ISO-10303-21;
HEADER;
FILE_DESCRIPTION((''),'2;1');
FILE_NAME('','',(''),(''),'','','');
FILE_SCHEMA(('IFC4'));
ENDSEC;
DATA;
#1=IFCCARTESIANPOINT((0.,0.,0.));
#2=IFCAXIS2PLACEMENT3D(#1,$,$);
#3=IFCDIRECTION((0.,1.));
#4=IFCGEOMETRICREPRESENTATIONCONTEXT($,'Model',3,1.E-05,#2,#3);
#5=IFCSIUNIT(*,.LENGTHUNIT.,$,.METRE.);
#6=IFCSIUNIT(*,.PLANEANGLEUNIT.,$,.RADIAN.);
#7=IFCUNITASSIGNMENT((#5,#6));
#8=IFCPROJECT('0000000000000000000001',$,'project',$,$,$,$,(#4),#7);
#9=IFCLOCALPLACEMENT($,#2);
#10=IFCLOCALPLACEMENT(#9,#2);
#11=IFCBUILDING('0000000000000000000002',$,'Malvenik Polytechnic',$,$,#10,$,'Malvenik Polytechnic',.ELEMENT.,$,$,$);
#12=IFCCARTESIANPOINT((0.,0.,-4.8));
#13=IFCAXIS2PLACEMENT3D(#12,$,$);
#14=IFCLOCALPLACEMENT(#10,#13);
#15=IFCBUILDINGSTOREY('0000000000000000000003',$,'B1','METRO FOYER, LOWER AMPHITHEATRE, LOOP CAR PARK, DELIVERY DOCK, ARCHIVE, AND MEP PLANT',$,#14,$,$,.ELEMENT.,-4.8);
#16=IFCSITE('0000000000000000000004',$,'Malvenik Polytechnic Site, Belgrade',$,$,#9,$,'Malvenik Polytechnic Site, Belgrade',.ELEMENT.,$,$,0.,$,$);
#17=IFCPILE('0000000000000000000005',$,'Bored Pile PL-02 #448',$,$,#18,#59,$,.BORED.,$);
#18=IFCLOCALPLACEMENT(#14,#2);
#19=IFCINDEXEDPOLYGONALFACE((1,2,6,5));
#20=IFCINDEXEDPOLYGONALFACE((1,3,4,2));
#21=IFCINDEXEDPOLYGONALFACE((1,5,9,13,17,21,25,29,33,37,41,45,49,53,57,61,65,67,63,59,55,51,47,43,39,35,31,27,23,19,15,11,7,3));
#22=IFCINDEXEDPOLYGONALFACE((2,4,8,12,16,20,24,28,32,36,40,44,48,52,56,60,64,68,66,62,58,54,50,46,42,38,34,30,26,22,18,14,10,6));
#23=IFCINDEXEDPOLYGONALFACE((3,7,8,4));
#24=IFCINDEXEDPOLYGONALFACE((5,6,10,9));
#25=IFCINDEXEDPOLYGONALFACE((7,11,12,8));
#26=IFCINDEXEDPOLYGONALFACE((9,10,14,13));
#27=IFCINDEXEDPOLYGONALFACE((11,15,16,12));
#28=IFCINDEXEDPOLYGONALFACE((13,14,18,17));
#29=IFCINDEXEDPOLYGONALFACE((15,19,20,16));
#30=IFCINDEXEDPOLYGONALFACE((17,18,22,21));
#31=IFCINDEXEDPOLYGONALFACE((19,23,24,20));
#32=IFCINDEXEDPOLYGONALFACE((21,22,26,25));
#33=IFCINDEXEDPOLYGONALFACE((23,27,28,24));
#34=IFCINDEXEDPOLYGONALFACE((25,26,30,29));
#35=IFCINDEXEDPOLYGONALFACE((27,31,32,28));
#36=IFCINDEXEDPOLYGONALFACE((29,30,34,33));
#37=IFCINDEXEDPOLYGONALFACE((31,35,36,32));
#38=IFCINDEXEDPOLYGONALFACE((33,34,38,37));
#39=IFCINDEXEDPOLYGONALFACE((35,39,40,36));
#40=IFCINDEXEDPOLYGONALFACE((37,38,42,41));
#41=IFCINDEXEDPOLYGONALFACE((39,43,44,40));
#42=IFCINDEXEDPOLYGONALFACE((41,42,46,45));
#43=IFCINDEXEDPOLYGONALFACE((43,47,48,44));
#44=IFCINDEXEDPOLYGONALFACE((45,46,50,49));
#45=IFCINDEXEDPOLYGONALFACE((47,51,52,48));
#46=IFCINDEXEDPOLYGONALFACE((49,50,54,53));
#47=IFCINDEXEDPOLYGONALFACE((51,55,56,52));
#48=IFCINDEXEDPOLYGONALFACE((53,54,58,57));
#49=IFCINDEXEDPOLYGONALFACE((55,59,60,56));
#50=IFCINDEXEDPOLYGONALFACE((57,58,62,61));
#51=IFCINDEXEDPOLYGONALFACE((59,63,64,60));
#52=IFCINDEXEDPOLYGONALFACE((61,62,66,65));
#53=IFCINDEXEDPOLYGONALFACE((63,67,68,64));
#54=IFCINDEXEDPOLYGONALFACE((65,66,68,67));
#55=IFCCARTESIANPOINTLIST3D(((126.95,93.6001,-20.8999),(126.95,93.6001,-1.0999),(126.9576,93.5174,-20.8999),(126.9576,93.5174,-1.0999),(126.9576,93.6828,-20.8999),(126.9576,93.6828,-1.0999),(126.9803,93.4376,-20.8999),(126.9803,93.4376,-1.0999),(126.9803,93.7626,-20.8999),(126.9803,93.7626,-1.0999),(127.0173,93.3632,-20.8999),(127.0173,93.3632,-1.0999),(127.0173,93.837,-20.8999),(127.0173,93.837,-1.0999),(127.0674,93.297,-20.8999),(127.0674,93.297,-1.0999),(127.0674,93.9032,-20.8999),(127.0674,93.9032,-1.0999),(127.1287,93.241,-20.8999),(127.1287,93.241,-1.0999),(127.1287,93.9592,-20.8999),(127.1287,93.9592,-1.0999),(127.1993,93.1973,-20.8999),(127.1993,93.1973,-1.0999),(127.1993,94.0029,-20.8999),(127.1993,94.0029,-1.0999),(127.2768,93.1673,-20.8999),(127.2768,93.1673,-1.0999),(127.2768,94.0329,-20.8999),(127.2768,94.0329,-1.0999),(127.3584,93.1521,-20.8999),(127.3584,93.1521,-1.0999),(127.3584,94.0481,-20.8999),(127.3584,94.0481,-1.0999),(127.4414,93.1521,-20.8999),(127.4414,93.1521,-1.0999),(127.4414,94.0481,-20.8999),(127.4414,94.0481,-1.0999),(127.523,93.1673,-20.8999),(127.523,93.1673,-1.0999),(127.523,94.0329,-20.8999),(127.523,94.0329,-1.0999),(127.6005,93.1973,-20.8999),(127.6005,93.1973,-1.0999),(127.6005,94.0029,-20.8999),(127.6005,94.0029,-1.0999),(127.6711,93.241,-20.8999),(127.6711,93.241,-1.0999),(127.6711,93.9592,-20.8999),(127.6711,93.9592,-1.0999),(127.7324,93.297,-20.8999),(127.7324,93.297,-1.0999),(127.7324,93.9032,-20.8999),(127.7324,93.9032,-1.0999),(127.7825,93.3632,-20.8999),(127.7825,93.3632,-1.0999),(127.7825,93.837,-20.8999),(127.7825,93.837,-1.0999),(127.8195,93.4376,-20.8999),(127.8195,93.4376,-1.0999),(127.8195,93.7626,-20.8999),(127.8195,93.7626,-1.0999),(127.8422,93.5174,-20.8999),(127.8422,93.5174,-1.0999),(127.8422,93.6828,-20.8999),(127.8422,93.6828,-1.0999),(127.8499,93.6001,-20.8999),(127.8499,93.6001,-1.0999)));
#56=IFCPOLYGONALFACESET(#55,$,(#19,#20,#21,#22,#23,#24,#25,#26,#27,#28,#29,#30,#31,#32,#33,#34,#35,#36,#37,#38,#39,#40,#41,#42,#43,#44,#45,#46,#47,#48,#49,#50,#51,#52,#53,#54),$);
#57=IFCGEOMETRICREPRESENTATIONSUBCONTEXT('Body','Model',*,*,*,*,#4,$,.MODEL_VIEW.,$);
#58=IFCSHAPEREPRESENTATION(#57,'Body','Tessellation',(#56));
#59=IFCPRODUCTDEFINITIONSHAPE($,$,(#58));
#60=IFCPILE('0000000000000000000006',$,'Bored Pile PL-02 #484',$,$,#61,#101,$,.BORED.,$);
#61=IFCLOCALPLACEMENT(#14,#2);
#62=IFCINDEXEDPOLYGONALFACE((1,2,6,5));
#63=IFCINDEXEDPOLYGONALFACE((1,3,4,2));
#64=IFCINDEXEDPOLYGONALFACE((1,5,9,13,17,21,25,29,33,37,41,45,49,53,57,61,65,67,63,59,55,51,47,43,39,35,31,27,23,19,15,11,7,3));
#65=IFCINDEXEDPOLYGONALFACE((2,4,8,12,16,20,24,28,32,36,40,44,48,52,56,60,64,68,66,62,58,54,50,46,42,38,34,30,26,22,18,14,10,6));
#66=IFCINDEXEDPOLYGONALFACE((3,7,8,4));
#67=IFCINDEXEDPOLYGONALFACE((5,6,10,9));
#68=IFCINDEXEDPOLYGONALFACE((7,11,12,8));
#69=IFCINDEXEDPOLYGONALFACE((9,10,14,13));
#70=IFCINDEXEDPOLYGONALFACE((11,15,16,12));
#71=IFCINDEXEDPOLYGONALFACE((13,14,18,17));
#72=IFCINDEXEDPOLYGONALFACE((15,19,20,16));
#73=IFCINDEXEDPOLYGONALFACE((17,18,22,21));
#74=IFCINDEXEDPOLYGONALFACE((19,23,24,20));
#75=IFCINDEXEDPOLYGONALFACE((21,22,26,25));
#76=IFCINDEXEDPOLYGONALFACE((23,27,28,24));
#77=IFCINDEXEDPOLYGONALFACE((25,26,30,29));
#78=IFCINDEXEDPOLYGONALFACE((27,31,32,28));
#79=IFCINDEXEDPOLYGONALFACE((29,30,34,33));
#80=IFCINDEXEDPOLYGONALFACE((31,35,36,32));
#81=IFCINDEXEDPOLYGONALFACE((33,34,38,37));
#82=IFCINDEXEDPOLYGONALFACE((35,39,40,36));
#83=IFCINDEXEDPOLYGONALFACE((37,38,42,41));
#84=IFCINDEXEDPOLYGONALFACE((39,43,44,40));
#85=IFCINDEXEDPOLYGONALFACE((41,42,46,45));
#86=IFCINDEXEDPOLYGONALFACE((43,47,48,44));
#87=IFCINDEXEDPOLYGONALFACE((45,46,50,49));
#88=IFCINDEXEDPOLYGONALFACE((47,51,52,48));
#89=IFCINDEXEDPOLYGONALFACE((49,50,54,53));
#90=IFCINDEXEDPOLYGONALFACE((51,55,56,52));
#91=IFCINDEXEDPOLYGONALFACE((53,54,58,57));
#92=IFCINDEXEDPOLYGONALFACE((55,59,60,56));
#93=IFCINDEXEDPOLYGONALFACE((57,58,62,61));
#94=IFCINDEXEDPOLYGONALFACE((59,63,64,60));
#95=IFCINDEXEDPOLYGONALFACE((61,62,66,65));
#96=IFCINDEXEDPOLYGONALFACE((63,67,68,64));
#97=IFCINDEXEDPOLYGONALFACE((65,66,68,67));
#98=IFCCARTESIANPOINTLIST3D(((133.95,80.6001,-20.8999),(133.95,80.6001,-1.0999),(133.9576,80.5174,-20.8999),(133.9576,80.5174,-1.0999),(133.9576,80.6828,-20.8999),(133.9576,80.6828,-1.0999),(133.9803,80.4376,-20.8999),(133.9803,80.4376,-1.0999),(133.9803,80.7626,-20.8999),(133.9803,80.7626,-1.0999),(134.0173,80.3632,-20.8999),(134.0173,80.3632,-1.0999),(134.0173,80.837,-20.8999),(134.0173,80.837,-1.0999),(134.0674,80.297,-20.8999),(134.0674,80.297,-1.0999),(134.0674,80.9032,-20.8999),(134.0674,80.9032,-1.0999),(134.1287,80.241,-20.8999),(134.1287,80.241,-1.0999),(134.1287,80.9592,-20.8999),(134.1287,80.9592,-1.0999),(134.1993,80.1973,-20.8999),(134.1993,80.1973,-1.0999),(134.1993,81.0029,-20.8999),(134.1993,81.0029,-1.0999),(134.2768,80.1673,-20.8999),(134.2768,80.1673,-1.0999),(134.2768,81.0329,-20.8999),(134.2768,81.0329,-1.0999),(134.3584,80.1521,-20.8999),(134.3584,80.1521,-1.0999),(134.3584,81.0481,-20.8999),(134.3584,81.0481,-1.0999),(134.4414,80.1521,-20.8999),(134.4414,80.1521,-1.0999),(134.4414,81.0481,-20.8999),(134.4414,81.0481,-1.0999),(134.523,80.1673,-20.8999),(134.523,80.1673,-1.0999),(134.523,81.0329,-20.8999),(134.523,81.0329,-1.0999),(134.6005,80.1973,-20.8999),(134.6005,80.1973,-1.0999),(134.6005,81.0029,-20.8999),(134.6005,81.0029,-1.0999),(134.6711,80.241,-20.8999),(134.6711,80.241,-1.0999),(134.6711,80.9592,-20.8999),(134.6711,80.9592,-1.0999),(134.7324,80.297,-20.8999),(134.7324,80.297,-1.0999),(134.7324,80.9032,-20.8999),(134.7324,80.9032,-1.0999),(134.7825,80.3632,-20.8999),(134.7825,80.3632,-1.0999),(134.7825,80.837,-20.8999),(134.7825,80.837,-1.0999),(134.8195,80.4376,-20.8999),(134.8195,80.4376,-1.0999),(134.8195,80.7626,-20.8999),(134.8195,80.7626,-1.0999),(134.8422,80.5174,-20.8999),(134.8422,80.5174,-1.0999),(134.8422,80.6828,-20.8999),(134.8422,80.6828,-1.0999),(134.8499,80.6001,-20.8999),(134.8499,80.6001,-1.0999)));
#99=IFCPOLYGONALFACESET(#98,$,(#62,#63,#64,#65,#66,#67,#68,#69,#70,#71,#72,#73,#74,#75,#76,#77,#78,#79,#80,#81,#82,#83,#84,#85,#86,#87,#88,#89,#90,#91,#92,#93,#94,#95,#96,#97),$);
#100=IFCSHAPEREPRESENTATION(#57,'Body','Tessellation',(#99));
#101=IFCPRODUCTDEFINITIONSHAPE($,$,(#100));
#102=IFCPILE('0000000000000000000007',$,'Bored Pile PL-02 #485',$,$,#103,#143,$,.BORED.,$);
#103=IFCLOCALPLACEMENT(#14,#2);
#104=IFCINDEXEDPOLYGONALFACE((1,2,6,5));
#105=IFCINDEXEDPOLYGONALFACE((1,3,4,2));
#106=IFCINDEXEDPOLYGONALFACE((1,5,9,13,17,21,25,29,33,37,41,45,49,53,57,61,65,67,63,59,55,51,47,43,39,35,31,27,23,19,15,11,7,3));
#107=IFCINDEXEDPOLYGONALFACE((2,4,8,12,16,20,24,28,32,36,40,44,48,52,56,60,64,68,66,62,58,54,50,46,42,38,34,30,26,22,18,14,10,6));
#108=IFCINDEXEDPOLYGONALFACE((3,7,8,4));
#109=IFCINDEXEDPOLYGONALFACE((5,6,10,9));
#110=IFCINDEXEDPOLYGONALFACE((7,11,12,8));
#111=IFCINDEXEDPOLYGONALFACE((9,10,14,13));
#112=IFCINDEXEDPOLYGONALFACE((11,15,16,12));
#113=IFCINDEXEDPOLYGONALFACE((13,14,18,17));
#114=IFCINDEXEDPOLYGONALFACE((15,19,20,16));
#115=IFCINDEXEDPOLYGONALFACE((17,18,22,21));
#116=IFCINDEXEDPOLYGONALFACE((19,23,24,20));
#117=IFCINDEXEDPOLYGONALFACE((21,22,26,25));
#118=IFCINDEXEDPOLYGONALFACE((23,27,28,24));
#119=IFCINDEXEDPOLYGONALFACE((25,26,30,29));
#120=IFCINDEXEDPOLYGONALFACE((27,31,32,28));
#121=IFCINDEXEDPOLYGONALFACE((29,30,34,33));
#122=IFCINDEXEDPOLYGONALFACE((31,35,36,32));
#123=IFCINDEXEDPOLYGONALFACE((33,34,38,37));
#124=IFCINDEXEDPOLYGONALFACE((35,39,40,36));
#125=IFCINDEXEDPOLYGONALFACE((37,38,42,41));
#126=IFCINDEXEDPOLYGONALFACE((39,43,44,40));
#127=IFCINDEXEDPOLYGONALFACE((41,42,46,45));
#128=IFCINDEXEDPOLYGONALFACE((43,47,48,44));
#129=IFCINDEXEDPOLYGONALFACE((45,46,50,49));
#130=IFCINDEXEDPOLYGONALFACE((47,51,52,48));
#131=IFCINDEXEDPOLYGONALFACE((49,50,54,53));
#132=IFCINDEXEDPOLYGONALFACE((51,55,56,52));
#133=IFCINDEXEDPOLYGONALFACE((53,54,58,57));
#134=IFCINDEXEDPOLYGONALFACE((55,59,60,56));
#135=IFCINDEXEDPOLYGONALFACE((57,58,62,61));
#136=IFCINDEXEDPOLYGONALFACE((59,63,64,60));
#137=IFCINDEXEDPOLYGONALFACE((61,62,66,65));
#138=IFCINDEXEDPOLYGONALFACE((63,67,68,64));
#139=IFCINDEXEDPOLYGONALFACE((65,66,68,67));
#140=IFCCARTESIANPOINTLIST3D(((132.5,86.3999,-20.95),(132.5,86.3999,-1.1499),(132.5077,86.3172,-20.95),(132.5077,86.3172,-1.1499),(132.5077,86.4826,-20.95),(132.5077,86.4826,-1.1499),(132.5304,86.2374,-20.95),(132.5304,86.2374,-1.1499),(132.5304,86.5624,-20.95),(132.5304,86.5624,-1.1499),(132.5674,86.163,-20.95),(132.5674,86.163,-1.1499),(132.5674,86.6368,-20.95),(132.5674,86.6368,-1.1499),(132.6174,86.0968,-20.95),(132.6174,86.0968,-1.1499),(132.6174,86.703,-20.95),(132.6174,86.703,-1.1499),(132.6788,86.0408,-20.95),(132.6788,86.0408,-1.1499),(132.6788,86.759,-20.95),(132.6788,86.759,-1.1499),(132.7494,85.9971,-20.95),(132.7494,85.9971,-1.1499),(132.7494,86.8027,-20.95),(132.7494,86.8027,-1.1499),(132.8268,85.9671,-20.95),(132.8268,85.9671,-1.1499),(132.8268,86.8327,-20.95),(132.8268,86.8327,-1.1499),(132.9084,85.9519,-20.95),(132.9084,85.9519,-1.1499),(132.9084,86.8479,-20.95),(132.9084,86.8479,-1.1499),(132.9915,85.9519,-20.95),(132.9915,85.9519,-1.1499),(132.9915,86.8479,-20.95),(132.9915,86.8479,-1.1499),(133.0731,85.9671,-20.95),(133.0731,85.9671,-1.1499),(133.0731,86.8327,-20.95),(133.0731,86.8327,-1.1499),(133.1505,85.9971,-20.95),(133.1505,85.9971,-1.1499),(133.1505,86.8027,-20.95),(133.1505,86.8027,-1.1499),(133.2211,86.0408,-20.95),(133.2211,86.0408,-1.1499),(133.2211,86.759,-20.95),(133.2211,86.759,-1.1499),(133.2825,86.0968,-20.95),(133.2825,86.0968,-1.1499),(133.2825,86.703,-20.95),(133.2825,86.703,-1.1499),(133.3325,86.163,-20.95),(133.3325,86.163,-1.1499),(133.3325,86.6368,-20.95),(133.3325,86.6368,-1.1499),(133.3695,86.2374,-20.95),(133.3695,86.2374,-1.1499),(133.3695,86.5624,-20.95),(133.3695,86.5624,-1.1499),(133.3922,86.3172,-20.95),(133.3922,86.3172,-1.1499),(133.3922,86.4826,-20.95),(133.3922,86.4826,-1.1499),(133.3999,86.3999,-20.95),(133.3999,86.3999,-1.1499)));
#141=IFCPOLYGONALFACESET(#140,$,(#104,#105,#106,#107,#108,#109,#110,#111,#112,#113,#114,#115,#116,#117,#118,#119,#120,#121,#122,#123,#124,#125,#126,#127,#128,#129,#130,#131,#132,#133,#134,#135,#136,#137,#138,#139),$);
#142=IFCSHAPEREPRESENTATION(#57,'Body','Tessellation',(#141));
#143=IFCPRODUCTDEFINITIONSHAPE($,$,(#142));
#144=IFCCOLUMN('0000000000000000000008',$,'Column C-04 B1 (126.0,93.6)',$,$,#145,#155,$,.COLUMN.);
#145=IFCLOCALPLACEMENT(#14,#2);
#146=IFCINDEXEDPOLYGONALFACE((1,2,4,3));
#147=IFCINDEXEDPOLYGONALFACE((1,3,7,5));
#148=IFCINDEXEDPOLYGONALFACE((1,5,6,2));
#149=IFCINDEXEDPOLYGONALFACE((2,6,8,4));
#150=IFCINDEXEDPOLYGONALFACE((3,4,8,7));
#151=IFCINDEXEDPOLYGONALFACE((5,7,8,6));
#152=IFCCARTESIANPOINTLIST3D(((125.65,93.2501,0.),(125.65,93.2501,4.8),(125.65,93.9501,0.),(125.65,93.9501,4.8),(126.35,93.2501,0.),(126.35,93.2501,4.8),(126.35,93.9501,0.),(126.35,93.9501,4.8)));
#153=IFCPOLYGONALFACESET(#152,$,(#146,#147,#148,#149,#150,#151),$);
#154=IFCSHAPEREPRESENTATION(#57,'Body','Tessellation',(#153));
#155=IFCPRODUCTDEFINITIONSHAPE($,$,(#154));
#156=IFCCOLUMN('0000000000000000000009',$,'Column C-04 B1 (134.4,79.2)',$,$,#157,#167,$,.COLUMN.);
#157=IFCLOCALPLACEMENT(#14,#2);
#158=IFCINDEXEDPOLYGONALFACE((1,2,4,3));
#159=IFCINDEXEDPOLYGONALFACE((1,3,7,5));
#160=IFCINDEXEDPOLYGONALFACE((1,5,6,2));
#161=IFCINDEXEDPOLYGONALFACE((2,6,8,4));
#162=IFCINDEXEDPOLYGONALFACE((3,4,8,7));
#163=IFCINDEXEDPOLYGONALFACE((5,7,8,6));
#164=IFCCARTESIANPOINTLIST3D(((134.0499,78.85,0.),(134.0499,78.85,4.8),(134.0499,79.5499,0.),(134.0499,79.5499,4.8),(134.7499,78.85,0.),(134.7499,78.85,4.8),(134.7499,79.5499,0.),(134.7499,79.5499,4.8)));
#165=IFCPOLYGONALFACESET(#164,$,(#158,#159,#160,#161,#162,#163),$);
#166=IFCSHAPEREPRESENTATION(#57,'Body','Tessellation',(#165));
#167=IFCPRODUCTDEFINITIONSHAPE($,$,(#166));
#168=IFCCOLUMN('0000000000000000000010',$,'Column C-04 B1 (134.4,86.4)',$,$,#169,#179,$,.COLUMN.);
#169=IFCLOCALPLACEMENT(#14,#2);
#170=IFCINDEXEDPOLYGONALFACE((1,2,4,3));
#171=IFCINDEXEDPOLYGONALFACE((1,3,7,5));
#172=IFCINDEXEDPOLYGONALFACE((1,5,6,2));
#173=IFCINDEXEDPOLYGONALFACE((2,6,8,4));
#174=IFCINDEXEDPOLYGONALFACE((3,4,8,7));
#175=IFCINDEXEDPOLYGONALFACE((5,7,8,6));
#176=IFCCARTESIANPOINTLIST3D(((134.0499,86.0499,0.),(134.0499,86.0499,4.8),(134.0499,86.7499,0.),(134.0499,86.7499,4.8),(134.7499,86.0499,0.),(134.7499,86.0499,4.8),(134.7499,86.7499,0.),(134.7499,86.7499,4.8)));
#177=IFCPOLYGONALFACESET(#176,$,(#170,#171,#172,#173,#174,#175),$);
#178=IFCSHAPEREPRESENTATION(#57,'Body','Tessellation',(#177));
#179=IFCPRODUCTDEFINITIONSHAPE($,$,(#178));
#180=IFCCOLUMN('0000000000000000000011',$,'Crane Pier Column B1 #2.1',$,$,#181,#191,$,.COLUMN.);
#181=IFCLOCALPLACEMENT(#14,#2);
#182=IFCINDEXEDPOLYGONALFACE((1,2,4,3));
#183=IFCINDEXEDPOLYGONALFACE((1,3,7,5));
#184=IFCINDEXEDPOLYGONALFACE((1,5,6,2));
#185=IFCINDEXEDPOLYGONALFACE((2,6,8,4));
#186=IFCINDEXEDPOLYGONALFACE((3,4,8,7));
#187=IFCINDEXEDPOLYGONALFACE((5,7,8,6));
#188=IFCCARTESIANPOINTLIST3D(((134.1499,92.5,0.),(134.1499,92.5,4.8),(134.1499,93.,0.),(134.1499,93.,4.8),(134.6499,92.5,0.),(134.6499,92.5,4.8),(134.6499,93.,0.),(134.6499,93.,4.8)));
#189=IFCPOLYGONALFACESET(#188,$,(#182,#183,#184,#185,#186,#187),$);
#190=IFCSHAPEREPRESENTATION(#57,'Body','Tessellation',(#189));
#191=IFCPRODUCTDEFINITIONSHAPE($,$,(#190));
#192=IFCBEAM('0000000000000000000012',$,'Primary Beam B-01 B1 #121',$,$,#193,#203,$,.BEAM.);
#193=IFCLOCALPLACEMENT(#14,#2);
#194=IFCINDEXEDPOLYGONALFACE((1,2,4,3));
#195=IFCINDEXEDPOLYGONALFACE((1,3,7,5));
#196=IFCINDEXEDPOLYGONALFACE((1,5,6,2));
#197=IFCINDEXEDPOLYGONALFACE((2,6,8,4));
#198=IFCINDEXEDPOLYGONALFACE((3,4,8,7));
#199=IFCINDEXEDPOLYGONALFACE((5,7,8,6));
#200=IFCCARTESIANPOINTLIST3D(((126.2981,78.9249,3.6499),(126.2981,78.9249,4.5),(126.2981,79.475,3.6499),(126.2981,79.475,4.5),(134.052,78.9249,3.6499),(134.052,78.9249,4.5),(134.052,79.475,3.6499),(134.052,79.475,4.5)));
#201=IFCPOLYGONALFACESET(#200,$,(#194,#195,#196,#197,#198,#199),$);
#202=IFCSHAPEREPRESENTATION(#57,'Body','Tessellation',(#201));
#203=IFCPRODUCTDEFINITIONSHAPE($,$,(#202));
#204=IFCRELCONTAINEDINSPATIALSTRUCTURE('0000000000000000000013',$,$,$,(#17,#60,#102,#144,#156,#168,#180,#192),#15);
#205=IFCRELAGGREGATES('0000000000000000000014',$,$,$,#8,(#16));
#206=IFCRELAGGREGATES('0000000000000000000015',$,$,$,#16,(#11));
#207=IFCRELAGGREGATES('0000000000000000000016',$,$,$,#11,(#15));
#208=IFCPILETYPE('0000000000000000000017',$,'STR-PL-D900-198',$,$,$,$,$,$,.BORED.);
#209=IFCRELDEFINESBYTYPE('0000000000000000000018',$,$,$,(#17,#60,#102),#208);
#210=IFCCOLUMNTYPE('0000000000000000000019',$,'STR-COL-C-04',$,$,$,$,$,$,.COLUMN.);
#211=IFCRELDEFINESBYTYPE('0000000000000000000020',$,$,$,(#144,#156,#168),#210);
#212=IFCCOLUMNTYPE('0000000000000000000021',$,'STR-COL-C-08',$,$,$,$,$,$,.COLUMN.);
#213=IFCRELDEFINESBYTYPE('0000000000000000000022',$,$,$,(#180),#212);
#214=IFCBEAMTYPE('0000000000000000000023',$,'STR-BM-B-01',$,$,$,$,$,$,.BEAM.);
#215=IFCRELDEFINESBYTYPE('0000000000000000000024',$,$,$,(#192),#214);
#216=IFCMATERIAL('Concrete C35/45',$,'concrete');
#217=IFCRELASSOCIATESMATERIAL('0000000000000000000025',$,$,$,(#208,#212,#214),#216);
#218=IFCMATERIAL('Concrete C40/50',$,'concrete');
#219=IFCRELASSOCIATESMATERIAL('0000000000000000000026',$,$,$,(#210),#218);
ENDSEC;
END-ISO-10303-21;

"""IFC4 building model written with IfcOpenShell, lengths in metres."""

from ifc_helpers import new_model, si_unit, direction, frame, origin, origin_2d, place, context, subcontext, project, spatial, rectangle, circle, extrude, material, material_profile, profile_set, type_object, element, save


model = new_model("IFC4")

# Units and contexts
model_context = context("Model", 3, precision=1e-05, world=origin(), true_north=direction((0.0, 1.0)))
body_context = subcontext(model_context, "Body", "Model", "MODEL_VIEW")
ifc_project = project(units=[si_unit("LENGTHUNIT", "METRE"), si_unit("PLANEANGLEUNIT", "RADIAN")], contexts=[model_context])

# Site, building, storey
site_placement = place(None, origin())
site = spatial("IfcSite", under=ifc_project, at=site_placement, Name="Malvenik Polytechnic Site, Belgrade", LongName="Malvenik Polytechnic Site, Belgrade", CompositionType="ELEMENT", RefElevation=0.0)
building_placement = place(site_placement, origin())
building = spatial("IfcBuilding", under=site, at=building_placement, Name="Malvenik Polytechnic", LongName="Malvenik Polytechnic", CompositionType="ELEMENT")
storey_placement = place(building_placement, frame((0.0, 0.0, -4.8)))
storey = spatial("IfcBuildingStorey", under=building, at=storey_placement, Name="B1", Description="METRO FOYER, LOWER AMPHITHEATRE, LOOP CAR PARK, DELIVERY DOCK, ARCHIVE, AND MEP PLANT", CompositionType="ELEMENT", Elevation=-4.8)

# Shared definitions
ifc_material_1 = material(Name="Concrete C35/45", Category="concrete")

# Piles
ifc_material_profile_1 = material_profile(ifc_material_1, circle(Radius=0.45, at=origin_2d()), Name="BORED PILE D900")
ifc_profile_set_1 = profile_set([ifc_material_profile_1], Name="Concrete C35/45")
pile_type_1 = type_object("IfcPileType", Name="STR-PL-D900-198", PredefinedType="BORED", material=ifc_profile_set_1)
for number, where, z_axis, x_axis, name in (
    (1, (127.3999, 93.6001, -1.0999), (0.0, 0.0, -1.0), (1.0, 0.0, 0.0), "Bored Pile PL-02 #448"),
    (2, (134.3999, 80.6001, -1.0999), (0.0, 0.0, -1.0), (1.0, 0.0, 0.0), "Bored Pile PL-02 #484"),
    (3, (132.95, 86.3999, -1.1499), (0.0, 0.0, -1.0), (1.0, 0.0, 0.0), "Bored Pile PL-02 #485"),
):
    element("IfcPile", number, at=place(storey_placement, frame(where, z_axis=z_axis, x_axis=x_axis)), inside=storey, type_object=pile_type_1, Name=name, PredefinedType="BORED", context=body_context, shape_type="SweptSolid", body=[
        extrude(circle(Radius=0.45, at=origin_2d()), origin(), (0.0, 0.0, 1.0), 19.8),
    ])

# Columns
ifc_material_2 = material(Name="Concrete C40/50", Category="concrete")
ifc_material_profile_2 = material_profile(ifc_material_2, rectangle(XDim=0.7, YDim=0.7, at=origin_2d()), Name="RC COL 700x700")
ifc_profile_set_2 = profile_set([ifc_material_profile_2], Name="Concrete C40/50")
column_type_1 = type_object("IfcColumnType", Name="STR-COL-C-04", PredefinedType="COLUMN", material=ifc_profile_set_2)
for number, where, z_axis, x_axis, name in (
    (4, (126.0, 93.6001, 0.0), (0.0, 0.0, 1.0), (1.0, 0.0, 0.0), "Column C-04 B1 (126.0,93.6)"),
    (5, (134.3999, 79.2, 0.0), (0.0, 0.0, 1.0), (1.0, 0.0, 0.0), "Column C-04 B1 (134.4,79.2)"),
    (6, (134.3999, 86.3999, 0.0), (0.0, 0.0, 1.0), (1.0, 0.0, 0.0), "Column C-04 B1 (134.4,86.4)"),
):
    element("IfcColumn", number, at=place(storey_placement, frame(where, z_axis=z_axis, x_axis=x_axis)), inside=storey, type_object=column_type_1, Name=name, PredefinedType="COLUMN", context=body_context, shape_type="SweptSolid", body=[
        extrude(rectangle(XDim=0.7, YDim=0.7, at=origin_2d()), origin(), (0.0, 0.0, 1.0), 4.8),
    ])
ifc_material_profile_3 = material_profile(ifc_material_1, rectangle(XDim=0.5, YDim=0.5, at=origin_2d()), Name="RC COL 500x500")
ifc_profile_set_3 = profile_set([ifc_material_profile_3], Name="Concrete C35/45")
column_type_2 = type_object("IfcColumnType", Name="STR-COL-C-08", PredefinedType="COLUMN", material=ifc_profile_set_3)
column_placement = place(storey_placement, frame((134.3999, 92.75, 0.0), z_axis=(0.0, 0.0, 1.0), x_axis=(1.0, 0.0, 0.0)))
element("IfcColumn", 7, at=column_placement, inside=storey, type_object=column_type_2, Name="Crane Pier Column B1 #2.1", PredefinedType="COLUMN", context=body_context, shape_type="SweptSolid", body=[
    extrude(rectangle(XDim=0.5, YDim=0.5, at=origin_2d()), origin(), (0.0, 0.0, 1.0), 4.8),
])

# Beam
ifc_material_profile_4 = material_profile(ifc_material_1, rectangle(XDim=0.55, YDim=0.8501, at=origin_2d()), Name="RC BM 550x850")
ifc_profile_set_4 = profile_set([ifc_material_profile_4], Name="Concrete C35/45")
beam_type_1 = type_object("IfcBeamType", Name="STR-BM-B-01", PredefinedType="BEAM", material=ifc_profile_set_4)
for number, where, z_axis, x_axis, name in (
    (8, (126.2981, 79.2, 4.075), (1.0, 0.0, 0.0), (0.0, 1.0, 0.0), "Primary Beam B-01 B1 #121"),
):
    element("IfcBeam", number, at=place(storey_placement, frame(where, z_axis=z_axis, x_axis=x_axis)), inside=storey, type_object=beam_type_1, Name=name, PredefinedType="BEAM", context=body_context, shape_type="SweptSolid", body=[
        extrude(rectangle(XDim=0.55, YDim=0.8501, at=origin_2d()), origin(), (0.0, 0.0, 1.0), 7.7539),
    ])

save(model, "model.ifc")
